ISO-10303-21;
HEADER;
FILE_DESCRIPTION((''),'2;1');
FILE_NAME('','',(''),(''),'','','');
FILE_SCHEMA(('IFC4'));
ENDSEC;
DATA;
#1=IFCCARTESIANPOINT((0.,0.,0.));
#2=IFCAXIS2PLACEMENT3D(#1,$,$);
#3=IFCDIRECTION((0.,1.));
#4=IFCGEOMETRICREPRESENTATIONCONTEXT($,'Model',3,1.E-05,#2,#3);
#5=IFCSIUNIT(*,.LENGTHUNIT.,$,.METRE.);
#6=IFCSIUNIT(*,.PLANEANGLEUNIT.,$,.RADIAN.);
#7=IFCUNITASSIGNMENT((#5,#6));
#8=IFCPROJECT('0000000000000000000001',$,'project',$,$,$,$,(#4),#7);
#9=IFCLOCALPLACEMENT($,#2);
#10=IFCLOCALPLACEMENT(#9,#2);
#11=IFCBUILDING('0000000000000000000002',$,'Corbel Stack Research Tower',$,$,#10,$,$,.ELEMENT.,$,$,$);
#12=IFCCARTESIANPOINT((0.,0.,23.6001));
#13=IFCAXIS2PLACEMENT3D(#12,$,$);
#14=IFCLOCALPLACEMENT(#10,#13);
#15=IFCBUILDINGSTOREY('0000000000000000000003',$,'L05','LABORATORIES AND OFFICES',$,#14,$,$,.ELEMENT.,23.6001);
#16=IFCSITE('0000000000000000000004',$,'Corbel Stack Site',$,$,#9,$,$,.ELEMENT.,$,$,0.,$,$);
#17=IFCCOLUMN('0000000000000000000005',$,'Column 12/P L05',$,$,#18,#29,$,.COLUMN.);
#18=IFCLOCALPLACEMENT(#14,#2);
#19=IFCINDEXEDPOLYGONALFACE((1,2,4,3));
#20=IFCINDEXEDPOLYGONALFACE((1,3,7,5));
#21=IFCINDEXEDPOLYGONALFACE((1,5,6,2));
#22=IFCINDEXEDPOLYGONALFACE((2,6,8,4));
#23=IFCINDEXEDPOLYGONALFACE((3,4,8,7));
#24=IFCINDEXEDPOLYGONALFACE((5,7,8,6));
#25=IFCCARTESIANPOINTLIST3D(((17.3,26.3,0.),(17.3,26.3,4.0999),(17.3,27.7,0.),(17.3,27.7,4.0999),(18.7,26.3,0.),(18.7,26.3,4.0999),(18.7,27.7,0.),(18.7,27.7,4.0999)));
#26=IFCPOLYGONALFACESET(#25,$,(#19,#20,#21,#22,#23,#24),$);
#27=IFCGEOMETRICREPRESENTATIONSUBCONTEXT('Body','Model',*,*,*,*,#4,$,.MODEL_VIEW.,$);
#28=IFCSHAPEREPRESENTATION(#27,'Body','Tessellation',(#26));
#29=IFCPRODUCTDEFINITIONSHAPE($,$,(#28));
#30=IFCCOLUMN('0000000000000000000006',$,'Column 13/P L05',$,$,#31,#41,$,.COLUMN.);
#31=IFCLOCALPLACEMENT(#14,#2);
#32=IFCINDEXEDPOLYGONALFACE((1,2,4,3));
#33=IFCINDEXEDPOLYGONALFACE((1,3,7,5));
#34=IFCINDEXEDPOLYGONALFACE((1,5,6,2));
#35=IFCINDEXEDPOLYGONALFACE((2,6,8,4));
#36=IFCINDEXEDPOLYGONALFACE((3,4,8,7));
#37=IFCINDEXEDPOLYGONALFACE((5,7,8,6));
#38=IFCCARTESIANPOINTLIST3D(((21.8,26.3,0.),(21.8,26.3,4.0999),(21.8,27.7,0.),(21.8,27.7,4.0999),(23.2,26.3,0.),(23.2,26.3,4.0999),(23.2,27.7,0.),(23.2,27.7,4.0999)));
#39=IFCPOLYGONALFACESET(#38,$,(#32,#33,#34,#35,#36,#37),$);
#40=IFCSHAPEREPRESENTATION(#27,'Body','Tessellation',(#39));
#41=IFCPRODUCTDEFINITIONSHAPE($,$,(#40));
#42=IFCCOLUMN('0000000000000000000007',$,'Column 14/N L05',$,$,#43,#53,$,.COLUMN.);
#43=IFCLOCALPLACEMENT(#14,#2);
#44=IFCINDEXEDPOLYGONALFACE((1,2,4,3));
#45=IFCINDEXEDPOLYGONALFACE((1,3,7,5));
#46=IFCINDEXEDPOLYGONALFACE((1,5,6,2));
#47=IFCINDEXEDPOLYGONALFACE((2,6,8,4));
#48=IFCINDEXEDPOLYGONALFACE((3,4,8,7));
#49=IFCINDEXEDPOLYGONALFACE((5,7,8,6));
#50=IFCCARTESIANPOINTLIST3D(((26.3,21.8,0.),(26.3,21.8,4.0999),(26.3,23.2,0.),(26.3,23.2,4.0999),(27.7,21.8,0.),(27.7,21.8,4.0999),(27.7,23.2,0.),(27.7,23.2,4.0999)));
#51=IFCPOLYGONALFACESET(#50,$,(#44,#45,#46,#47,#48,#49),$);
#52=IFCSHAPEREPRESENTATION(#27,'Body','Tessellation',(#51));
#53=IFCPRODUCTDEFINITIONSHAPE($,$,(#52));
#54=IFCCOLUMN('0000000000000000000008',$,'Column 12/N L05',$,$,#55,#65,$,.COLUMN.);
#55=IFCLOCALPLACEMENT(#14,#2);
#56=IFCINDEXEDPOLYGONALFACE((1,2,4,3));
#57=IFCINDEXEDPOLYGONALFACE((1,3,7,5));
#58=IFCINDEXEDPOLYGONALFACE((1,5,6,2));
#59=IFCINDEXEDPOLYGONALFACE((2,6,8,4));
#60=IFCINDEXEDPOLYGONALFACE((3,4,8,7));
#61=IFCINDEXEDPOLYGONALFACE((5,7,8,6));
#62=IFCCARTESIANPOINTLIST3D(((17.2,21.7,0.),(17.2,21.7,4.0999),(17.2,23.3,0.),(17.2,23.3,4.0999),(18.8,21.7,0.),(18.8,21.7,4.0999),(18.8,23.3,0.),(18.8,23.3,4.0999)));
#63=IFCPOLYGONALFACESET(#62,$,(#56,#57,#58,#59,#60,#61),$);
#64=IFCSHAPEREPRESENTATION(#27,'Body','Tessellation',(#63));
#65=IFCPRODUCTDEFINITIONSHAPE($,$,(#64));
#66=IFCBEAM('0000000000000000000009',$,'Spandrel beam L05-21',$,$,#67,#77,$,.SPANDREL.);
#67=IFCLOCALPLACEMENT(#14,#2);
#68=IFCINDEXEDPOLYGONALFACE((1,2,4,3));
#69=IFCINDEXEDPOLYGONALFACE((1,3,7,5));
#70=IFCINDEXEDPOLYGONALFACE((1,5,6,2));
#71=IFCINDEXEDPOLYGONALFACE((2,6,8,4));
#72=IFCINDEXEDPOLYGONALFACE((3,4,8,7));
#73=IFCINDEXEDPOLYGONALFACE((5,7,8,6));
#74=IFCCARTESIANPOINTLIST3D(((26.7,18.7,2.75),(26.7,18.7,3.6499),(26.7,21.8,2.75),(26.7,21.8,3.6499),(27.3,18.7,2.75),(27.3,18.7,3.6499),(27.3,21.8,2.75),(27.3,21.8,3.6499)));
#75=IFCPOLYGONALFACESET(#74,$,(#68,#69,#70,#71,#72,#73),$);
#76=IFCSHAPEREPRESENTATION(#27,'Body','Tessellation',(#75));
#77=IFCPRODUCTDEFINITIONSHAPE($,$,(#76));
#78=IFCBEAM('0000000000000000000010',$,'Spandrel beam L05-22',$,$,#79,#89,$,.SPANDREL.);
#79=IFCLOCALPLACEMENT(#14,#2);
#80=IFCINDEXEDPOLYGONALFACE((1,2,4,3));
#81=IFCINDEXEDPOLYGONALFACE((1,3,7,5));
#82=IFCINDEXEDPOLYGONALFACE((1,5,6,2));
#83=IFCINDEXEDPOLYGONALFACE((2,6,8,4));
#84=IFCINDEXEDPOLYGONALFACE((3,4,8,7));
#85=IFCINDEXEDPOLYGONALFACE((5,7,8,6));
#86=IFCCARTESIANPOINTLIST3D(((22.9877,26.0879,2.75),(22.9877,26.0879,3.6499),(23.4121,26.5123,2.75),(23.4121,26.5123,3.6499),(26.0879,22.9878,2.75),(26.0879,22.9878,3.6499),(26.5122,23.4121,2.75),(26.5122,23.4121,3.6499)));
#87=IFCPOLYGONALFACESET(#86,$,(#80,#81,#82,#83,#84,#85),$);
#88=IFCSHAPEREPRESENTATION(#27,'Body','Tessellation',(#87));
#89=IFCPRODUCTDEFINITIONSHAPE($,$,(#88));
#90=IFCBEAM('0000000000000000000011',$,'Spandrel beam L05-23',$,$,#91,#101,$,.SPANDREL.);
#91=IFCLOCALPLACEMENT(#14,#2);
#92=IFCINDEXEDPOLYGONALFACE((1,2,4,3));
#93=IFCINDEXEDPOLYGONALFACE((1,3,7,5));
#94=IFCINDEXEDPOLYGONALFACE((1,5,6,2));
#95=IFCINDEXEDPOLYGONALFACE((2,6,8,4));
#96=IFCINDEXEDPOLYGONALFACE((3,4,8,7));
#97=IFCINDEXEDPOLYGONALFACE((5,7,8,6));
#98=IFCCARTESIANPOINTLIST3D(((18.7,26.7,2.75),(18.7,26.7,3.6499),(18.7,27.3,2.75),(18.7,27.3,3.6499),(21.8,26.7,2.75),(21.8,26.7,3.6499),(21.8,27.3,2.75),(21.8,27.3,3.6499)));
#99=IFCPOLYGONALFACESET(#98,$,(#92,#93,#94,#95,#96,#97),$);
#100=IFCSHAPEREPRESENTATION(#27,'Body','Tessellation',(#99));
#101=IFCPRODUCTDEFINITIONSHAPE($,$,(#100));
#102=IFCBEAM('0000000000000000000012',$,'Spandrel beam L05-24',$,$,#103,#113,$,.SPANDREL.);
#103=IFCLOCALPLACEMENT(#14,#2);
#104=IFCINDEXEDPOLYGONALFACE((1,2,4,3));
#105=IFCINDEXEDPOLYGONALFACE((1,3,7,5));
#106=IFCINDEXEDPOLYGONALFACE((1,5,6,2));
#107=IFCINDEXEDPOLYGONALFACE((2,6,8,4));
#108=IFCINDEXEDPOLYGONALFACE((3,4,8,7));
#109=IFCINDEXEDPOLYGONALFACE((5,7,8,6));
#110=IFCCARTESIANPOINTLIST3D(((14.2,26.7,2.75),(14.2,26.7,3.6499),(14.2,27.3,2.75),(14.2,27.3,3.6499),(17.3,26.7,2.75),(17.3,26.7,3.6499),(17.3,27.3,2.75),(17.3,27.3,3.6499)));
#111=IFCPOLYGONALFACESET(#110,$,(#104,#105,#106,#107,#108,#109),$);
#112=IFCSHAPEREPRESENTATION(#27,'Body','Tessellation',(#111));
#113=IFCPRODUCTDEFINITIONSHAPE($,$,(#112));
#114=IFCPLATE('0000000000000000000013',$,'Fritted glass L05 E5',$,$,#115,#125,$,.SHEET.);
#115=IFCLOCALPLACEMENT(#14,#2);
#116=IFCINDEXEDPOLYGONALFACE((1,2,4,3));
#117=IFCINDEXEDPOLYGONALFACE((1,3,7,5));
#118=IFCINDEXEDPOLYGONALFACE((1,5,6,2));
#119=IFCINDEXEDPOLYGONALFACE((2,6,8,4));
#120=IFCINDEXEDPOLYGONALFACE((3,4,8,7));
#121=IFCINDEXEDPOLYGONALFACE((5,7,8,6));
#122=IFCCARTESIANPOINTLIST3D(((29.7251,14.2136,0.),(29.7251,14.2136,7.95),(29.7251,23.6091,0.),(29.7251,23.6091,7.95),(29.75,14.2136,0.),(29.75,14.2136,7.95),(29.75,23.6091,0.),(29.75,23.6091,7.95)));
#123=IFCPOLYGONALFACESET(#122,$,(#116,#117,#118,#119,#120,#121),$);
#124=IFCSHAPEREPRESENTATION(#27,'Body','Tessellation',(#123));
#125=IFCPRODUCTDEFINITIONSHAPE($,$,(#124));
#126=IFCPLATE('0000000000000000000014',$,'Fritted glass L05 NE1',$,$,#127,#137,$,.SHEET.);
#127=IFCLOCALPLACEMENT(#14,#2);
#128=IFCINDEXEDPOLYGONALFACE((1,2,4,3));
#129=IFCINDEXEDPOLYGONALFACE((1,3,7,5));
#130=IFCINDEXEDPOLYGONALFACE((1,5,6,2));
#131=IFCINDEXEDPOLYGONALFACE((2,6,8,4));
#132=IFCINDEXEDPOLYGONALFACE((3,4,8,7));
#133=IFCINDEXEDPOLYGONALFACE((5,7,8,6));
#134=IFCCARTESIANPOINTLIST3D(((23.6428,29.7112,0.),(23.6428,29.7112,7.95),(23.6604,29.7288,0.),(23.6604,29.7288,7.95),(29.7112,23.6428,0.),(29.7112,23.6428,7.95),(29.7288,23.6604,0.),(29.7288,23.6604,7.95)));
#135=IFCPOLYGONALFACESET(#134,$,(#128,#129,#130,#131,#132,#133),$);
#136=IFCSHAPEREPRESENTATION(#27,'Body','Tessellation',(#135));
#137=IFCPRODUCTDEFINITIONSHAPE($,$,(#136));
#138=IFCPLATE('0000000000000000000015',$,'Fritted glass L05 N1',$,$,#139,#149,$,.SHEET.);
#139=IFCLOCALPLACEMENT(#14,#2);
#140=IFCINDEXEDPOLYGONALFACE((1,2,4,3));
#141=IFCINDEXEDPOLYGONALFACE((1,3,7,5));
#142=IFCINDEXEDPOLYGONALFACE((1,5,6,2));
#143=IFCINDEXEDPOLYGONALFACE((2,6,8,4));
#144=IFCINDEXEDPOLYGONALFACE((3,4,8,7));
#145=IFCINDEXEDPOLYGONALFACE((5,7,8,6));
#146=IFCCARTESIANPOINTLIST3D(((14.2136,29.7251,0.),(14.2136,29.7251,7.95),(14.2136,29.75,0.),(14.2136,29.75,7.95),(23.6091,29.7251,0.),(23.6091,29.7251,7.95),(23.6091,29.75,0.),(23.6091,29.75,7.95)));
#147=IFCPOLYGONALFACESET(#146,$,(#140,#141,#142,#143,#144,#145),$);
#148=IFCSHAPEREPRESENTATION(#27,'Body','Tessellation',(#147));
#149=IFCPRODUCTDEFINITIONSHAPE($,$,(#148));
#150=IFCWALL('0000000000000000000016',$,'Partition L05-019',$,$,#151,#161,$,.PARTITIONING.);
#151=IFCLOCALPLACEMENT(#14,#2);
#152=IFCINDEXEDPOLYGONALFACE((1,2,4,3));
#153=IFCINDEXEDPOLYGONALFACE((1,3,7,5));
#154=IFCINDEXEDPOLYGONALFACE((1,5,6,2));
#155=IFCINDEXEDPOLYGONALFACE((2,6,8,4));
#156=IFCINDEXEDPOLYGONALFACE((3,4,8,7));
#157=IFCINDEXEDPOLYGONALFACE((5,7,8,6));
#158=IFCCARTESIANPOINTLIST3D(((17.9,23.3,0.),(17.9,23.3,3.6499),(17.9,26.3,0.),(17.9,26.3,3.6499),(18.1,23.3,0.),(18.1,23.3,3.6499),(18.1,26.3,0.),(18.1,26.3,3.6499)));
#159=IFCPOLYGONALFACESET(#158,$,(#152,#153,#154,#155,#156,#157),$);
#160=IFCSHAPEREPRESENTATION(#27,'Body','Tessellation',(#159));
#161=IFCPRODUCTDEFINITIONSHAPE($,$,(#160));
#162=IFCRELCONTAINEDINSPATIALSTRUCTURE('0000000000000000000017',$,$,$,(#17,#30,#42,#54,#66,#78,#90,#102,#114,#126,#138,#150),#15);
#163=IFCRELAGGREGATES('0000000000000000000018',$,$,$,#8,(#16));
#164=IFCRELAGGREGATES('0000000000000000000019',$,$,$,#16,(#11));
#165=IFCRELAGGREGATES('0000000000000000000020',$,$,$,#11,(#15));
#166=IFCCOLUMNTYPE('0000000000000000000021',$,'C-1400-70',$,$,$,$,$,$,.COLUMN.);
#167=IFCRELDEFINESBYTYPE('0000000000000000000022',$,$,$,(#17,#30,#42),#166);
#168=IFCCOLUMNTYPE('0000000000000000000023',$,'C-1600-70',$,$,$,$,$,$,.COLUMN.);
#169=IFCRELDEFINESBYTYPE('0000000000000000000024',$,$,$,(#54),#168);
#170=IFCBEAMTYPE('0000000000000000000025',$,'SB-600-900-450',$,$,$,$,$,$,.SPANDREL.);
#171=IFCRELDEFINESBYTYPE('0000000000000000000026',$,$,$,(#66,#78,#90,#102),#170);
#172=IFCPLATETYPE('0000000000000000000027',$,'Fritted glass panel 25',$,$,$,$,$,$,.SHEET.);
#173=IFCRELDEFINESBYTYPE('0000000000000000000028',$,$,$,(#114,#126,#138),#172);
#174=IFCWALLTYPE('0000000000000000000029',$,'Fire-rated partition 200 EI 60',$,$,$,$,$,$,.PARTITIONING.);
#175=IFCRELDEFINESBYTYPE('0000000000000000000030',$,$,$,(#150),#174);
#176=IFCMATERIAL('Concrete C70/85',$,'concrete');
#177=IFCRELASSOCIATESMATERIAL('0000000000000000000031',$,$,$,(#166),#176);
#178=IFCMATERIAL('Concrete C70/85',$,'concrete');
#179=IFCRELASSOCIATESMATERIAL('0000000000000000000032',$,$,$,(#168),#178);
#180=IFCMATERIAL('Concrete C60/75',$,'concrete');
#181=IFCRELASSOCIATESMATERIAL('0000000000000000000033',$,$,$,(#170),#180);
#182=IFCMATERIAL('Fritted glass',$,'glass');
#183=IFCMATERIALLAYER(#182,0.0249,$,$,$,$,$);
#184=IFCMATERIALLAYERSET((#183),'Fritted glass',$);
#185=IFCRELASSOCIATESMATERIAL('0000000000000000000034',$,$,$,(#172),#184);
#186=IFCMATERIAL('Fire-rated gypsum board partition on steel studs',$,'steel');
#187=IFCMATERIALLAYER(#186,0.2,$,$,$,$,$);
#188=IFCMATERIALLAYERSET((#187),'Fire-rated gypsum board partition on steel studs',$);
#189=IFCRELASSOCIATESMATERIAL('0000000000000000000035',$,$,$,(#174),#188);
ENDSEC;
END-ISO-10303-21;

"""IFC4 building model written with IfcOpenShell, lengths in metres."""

from ifc_helpers import new_model, si_unit, direction, frame, frame_2d, origin, origin_2d, place, context, subcontext, project, spatial, rectangle, extrude, material, layer, layer_set, material_profile, profile_set, type_object, element, save


model = new_model("IFC4")

# Units and contexts
model_context = context("Model", 3, precision=1e-05, world=origin(), true_north=direction((0.0, 1.0)))
body_context = subcontext(model_context, "Body", "Model", "MODEL_VIEW")
ifc_project = project(units=[si_unit("LENGTHUNIT", "METRE"), si_unit("PLANEANGLEUNIT", "RADIAN")], contexts=[model_context])

# Site, building, storey
site_placement = place(None, origin())
site = spatial("IfcSite", under=ifc_project, at=site_placement, Name="Corbel Stack Site", CompositionType="ELEMENT", RefElevation=0.0)
building_placement = place(site_placement, origin())
building = spatial("IfcBuilding", under=site, at=building_placement, Name="Corbel Stack Research Tower", CompositionType="ELEMENT")
storey_placement = place(building_placement, frame((0.0, 0.0, 23.6001)))
storey = spatial("IfcBuildingStorey", under=building, at=storey_placement, Name="L05", Description="LABORATORIES AND OFFICES", CompositionType="ELEMENT", Elevation=23.6001)

# Columns
ifc_material_1 = material(Name="Concrete C70/85", Category="concrete")
ifc_material_profile_1 = material_profile(ifc_material_1, rectangle(XDim=1.3999, YDim=1.3999, at=origin_2d()), Name="RC 1400 x 1400")
ifc_profile_set_1 = profile_set([ifc_material_profile_1], Name="Concrete C70/85")
column_type_1 = type_object("IfcColumnType", Name="C-1400-70", PredefinedType="COLUMN", material=ifc_profile_set_1)
for number, where, z_axis, x_axis, name in (
    (1, (18.0, 27.0, 0.0), (0.0, 0.0, 1.0), (1.0, 0.0, 0.0), "Column 12/P L05"),
    (2, (22.5, 27.0, 0.0), (0.0, 0.0, 1.0), (1.0, 0.0, 0.0), "Column 13/P L05"),
    (3, (27.0, 22.5, 0.0), (0.0, 0.0, 1.0), (1.0, 0.0, 0.0), "Column 14/N L05"),
):
    element("IfcColumn", number, at=place(storey_placement, frame(where, z_axis=z_axis, x_axis=x_axis)), inside=storey, type_object=column_type_1, Name=name, PredefinedType="COLUMN", context=body_context, shape_type="SweptSolid", body=[
        extrude(rectangle(XDim=1.3999, YDim=1.3999, at=origin_2d()), origin(), (0.0, 0.0, 1.0), 4.0999),
    ])
ifc_material_2 = material(Name="Concrete C70/85", Category="concrete")
ifc_material_profile_2 = material_profile(ifc_material_2, rectangle(XDim=1.6001, YDim=1.6001, at=origin_2d()), Name="RC 1600 x 1600")
ifc_profile_set_2 = profile_set([ifc_material_profile_2], Name="Concrete C70/85")
column_type_2 = type_object("IfcColumnType", Name="C-1600-70", PredefinedType="COLUMN", material=ifc_profile_set_2)
column_placement = place(storey_placement, frame((18.0, 22.5, 0.0), z_axis=(0.0, 0.0, 1.0), x_axis=(1.0, 0.0, 0.0)))
element("IfcColumn", 4, at=column_placement, inside=storey, type_object=column_type_2, Name="Column 12/N L05", PredefinedType="COLUMN", context=body_context, shape_type="SweptSolid", body=[
    extrude(rectangle(XDim=1.6001, YDim=1.6001, at=origin_2d()), origin(), (0.0, 0.0, 1.0), 4.0999),
])

# Beams
ifc_material_3 = material(Name="Concrete C60/75", Category="concrete")
ifc_material_profile_3 = material_profile(ifc_material_3, rectangle(XDim=0.6001, YDim=0.8999, at=origin_2d()), Name="RC 600 x 900")
ifc_profile_set_3 = profile_set([ifc_material_profile_3], Name="Concrete C60/75")
beam_type = type_object("IfcBeamType", Name="SB-600-900-450", PredefinedType="SPANDREL", material=ifc_profile_set_3)
beam_1_placement = place(storey_placement, frame((27.0, 18.7, 3.2), z_axis=(0.0, 1.0, 0.0), x_axis=(-1.0, 0.0, 0.0)))
element("IfcBeam", 5, at=beam_1_placement, inside=storey, type_object=beam_type, Name="Spandrel beam L05-21", PredefinedType="SPANDREL", context=body_context, shape_type="SweptSolid", body=[
    extrude(rectangle(XDim=0.6001, YDim=0.8999, at=origin_2d()), origin(), (0.0, 0.0, 1.0), 3.1001),
])
beam_2_placement = place(storey_placement, frame((26.3, 23.2, 3.2), z_axis=(-0.707107, 0.707107, 0.0), x_axis=(-0.707107, -0.707107, 0.0)))
element("IfcBeam", 6, at=beam_2_placement, inside=storey, type_object=beam_type, Name="Spandrel beam L05-22", PredefinedType="SPANDREL", context=body_context, shape_type="SweptSolid", body=[
    extrude(rectangle(XDim=0.6001, YDim=0.8999, at=origin_2d()), origin(), (0.0, 0.0, 1.0), 4.3843),
])
for number, where, z_axis, x_axis, name in (
    (7, (21.8, 27.0, 3.2), (-1.0, 0.0, 0.0), (0.0, -1.0, 0.0), "Spandrel beam L05-23"),
    (8, (17.3, 27.0, 3.2), (-1.0, 0.0, 0.0), (0.0, -1.0, 0.0), "Spandrel beam L05-24"),
):
    element("IfcBeam", number, at=place(storey_placement, frame(where, z_axis=z_axis, x_axis=x_axis)), inside=storey, type_object=beam_type, Name=name, PredefinedType="SPANDREL", context=body_context, shape_type="SweptSolid", body=[
        extrude(rectangle(XDim=0.6001, YDim=0.8999, at=origin_2d()), origin(), (0.0, 0.0, 1.0), 3.1001),
    ])

# Plates
ifc_material_4 = material(Name="Fritted glass", Category="glass")
ifc_layer_1 = layer(ifc_material_4, 0.0249)
ifc_layer_set_1 = layer_set([ifc_layer_1], Name="Fritted glass")
plate_type = type_object("IfcPlateType", Name="Fritted glass panel 25", PredefinedType="SHEET", material=ifc_layer_set_1)
plate_1_placement = place(storey_placement, frame((29.7375, 18.9114, 0.0), z_axis=(0.0, 0.0, 1.0), x_axis=(0.0, 1.0, 0.0)))
element("IfcPlate", 9, at=plate_1_placement, inside=storey, type_object=plate_type, Name="Fritted glass L05 E5", PredefinedType="SHEET", context=body_context, shape_type="SweptSolid", body=[
    extrude(rectangle(XDim=9.3955, YDim=0.0249, at=origin_2d()), origin(), (0.0, 0.0, 1.0), 7.95),
])
plate_2_placement = place(storey_placement, frame((26.6858, 26.6858, 0.0), z_axis=(0.0, 0.0, 1.0), x_axis=(-0.707107, 0.707107, 0.0)))
element("IfcPlate", 10, at=plate_2_placement, inside=storey, type_object=plate_type, Name="Fritted glass L05 NE1", PredefinedType="SHEET", context=body_context, shape_type="SweptSolid", body=[
    extrude(rectangle(XDim=8.582, YDim=0.0249, at=origin_2d()), origin(), (0.0, 0.0, 1.0), 7.95),
])
plate_3_placement = place(storey_placement, frame((18.9114, 29.7375, 0.0), z_axis=(0.0, 0.0, 1.0), x_axis=(-1.0, 0.0, 0.0)))
element("IfcPlate", 11, at=plate_3_placement, inside=storey, type_object=plate_type, Name="Fritted glass L05 N1", PredefinedType="SHEET", context=body_context, shape_type="SweptSolid", body=[
    extrude(rectangle(XDim=9.3955, YDim=0.0249, at=origin_2d()), origin(), (0.0, 0.0, 1.0), 7.95),
])

# Wall
ifc_material_5 = material(Name="Fire-rated gypsum board partition on steel studs", Category="steel")
ifc_layer_2 = layer(ifc_material_5, 0.2)
ifc_layer_set_2 = layer_set([ifc_layer_2], Name="Fire-rated gypsum board partition on steel studs")
wall_type_1 = type_object("IfcWallType", Name="Fire-rated partition 200 EI 60", PredefinedType="PARTITIONING", material=ifc_layer_set_2)
wall_1_placement = place(storey_placement, frame((18.0, 23.3, 0.0), z_axis=(0.0, 0.0, 1.0), x_axis=(0.0, 1.0, 0.0)))
element("IfcWall", 12, at=wall_1_placement, inside=storey, type_object=wall_type_1, Name="Partition L05-019", PredefinedType="PARTITIONING", context=body_context, shape_type="SweptSolid", body=[
    extrude(rectangle(XDim=3.0, YDim=0.2, at=frame_2d((1.5, 0.0))), origin(), (0.0, 0.0, 1.0), 3.6499),
])

save(model, "model.ifc")
